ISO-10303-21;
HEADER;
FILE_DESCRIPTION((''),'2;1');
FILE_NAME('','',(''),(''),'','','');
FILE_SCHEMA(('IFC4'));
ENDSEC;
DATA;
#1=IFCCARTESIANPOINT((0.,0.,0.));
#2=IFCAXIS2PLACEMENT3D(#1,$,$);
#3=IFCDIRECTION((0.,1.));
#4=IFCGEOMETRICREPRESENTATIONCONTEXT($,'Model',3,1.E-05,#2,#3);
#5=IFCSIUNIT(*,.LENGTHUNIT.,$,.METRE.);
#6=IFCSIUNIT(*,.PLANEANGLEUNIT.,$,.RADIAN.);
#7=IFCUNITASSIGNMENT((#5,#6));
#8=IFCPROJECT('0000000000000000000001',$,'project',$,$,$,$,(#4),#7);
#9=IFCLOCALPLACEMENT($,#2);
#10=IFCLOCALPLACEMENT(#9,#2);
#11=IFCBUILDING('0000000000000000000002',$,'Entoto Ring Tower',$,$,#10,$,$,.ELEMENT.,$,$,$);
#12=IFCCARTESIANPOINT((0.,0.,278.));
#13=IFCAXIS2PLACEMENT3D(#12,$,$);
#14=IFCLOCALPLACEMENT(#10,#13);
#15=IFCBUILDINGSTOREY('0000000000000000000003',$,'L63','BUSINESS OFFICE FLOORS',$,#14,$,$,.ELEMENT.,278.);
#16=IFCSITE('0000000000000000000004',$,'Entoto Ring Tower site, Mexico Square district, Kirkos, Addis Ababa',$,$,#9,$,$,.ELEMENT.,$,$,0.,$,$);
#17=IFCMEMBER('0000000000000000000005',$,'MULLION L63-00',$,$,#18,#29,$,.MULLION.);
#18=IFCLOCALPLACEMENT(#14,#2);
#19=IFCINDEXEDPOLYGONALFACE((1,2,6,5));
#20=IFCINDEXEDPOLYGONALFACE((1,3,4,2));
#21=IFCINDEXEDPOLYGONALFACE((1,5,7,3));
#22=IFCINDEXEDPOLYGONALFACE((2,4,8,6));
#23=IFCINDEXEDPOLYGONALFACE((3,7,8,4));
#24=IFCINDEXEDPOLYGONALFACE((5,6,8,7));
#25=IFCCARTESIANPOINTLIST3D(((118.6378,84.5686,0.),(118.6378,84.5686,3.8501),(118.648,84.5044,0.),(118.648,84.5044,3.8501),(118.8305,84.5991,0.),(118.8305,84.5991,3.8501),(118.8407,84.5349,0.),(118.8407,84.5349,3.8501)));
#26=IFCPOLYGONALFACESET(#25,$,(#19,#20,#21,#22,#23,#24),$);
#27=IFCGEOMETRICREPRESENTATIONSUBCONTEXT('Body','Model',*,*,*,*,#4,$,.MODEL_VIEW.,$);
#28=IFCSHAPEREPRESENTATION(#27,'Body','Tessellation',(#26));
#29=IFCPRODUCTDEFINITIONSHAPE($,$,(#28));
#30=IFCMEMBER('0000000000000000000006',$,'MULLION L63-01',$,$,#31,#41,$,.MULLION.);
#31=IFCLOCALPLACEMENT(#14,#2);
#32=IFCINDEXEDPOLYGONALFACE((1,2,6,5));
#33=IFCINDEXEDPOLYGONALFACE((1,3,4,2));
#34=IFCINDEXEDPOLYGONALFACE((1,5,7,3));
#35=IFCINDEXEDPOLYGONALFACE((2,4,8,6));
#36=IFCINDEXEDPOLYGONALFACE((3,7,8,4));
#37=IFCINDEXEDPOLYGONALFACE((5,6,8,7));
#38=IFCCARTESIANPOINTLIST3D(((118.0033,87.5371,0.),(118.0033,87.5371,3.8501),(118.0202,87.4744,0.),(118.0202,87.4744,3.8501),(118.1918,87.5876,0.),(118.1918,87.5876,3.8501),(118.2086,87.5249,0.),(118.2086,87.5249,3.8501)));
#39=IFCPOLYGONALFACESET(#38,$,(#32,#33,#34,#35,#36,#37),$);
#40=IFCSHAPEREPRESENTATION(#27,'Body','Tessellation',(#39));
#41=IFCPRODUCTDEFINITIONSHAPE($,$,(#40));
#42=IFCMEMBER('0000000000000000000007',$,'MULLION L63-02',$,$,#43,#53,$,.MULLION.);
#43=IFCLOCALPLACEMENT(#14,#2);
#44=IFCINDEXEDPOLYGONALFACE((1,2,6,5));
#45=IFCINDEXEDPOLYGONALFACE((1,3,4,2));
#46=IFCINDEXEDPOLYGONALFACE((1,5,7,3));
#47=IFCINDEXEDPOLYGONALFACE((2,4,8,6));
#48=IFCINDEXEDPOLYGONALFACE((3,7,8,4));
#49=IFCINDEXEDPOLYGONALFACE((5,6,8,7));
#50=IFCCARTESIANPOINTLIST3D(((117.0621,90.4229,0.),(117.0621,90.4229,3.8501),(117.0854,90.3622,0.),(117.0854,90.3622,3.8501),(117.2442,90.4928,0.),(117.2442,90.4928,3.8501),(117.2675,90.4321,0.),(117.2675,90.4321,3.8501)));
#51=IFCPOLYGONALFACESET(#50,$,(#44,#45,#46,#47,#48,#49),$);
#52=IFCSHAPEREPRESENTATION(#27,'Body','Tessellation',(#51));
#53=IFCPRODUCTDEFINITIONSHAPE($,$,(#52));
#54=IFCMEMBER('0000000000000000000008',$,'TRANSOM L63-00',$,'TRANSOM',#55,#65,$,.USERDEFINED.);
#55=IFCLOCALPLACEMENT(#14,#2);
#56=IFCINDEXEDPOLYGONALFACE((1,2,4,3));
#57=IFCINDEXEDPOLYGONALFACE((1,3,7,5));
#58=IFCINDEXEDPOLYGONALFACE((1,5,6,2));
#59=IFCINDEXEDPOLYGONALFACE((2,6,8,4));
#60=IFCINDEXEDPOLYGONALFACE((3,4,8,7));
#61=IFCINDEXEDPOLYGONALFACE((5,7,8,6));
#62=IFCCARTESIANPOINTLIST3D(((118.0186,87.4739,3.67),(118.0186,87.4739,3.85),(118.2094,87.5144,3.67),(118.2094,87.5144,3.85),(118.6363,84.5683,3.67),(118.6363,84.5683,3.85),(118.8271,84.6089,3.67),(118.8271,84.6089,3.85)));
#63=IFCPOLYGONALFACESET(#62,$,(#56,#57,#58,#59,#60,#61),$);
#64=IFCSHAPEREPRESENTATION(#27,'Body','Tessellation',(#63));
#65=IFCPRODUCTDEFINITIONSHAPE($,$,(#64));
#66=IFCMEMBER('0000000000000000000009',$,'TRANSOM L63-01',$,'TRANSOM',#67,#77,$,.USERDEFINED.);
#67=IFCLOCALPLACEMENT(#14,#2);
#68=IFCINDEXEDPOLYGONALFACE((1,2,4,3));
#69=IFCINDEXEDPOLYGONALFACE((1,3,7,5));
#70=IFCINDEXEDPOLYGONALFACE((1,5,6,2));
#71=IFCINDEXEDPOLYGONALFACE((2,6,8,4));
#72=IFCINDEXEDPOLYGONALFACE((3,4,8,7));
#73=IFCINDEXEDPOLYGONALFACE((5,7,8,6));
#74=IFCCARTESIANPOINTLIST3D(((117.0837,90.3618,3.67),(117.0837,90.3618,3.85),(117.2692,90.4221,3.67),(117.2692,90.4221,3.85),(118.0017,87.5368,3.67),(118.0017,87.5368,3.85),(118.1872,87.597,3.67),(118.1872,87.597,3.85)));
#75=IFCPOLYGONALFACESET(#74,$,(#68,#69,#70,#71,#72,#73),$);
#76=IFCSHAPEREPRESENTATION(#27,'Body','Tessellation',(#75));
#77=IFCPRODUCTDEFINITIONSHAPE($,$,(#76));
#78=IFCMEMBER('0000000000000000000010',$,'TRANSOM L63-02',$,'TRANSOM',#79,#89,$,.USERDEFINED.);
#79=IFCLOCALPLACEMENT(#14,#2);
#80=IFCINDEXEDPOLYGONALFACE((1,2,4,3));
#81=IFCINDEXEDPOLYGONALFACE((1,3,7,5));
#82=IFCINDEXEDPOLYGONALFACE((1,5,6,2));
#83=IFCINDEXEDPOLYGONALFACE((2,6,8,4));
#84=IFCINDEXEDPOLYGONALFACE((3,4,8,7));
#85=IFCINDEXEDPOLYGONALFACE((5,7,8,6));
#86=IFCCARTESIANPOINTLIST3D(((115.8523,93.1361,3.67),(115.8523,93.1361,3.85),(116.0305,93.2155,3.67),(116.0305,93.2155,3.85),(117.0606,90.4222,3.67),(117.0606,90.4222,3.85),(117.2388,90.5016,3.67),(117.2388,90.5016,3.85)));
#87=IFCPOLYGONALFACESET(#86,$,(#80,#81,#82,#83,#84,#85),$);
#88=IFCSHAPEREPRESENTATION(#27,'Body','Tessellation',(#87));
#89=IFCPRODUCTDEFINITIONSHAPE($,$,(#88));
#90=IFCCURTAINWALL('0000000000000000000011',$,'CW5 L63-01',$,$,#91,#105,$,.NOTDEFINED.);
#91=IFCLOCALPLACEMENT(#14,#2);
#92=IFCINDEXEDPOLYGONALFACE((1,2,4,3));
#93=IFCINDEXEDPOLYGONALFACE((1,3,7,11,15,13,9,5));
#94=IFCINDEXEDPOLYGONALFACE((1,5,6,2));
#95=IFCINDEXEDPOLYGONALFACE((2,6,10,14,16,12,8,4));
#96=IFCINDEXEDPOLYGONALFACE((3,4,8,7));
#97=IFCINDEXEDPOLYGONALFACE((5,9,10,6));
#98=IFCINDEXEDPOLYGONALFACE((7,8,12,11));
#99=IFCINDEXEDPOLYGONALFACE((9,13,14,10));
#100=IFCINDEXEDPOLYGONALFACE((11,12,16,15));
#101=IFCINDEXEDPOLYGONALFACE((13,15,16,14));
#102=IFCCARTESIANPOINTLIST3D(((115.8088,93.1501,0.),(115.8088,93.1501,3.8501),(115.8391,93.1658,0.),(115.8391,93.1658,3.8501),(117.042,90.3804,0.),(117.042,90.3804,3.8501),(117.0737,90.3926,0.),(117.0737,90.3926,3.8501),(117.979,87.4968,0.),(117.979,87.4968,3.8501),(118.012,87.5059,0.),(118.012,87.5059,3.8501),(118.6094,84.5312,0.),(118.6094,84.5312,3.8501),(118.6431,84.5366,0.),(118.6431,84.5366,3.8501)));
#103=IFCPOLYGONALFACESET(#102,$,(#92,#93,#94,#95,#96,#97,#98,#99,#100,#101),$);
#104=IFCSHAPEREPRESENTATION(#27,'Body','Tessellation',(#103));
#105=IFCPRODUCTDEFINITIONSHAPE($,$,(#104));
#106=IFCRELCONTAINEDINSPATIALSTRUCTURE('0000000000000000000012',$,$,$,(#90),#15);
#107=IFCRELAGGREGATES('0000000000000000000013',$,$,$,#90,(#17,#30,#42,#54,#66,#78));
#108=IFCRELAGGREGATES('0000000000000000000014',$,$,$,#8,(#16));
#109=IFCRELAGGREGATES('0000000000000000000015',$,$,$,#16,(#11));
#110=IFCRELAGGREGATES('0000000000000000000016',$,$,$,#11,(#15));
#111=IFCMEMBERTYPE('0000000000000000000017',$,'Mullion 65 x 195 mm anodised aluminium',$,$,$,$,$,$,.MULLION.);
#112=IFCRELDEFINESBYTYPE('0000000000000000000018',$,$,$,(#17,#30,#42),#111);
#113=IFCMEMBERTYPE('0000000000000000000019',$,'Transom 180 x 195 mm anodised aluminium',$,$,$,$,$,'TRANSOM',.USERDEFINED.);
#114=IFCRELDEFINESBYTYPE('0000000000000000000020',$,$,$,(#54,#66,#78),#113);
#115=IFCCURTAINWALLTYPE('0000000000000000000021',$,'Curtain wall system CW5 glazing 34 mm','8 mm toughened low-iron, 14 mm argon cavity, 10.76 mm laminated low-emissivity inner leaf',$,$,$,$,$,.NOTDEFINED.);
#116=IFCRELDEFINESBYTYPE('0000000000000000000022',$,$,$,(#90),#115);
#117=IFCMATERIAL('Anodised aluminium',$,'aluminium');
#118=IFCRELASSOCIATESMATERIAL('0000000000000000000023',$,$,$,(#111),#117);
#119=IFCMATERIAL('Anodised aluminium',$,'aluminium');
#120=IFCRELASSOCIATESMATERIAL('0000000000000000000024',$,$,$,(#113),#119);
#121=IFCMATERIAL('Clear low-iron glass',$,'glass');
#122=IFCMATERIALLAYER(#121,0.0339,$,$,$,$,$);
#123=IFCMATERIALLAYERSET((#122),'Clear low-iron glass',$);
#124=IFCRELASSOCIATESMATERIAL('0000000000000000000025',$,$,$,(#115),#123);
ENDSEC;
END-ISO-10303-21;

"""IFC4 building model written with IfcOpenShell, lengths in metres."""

from ifc_helpers import new_model, si_unit, direction, frame, origin, origin_2d, place, context, subcontext, project, spatial, polyline, rectangle, outline, extrude, material, layer, layer_set, material_profile, profile_set, type_object, element, aggregate, save


model = new_model("IFC4")

# Units and contexts
model_context = context("Model", 3, precision=1e-05, world=origin(), true_north=direction((0.0, 1.0)))
body_context = subcontext(model_context, "Body", "Model", "MODEL_VIEW")
ifc_project = project(units=[si_unit("LENGTHUNIT", "METRE"), si_unit("PLANEANGLEUNIT", "RADIAN")], contexts=[model_context])

# Members
ifc_material_1 = material(Name="Anodised aluminium", Category="aluminium")
ifc_material_profile_1 = material_profile(ifc_material_1, rectangle(XDim=0.0649, YDim=0.1951, at=origin_2d()), Name="Mullion 65 x 195 mm anodised aluminium")
ifc_profile_set_1 = profile_set([ifc_material_profile_1], Name="Anodised aluminium")
member_type_1 = type_object("IfcMemberType", Name="Mullion 65 x 195 mm anodised aluminium", PredefinedType="MULLION", material=ifc_profile_set_1)
site_placement = place(None, origin())
building_placement = place(site_placement, origin())
storey_placement = place(building_placement, frame((0.0, 0.0, 278.0)))
member_1_placement = place(storey_placement, frame((118.7393, 84.5518, 0.0), z_axis=(0.0, 0.0, 1.0), x_axis=(-0.156434, 0.987688, 0.0)))
member_1 = element("IfcMember", 1, at=member_1_placement, type_object=member_type_1, Name="MULLION L63-00", PredefinedType="MULLION", context=body_context, shape_type="SweptSolid", body=[
    extrude(rectangle(XDim=0.0649, YDim=0.1951, at=origin_2d()), origin(), (0.0, 0.0, 1.0), 3.8501),
])
member_2_placement = place(storey_placement, frame((118.106, 87.531, 0.0), z_axis=(0.0, 0.0, 1.0), x_axis=(-0.258819, 0.965926, 0.0)))
member_2 = element("IfcMember", 2, at=member_2_placement, type_object=member_type_1, Name="MULLION L63-01", PredefinedType="MULLION", context=body_context, shape_type="SweptSolid", body=[
    extrude(rectangle(XDim=0.0649, YDim=0.1951, at=origin_2d()), origin(), (0.0, 0.0, 1.0), 3.8501),
])
member_3_placement = place(storey_placement, frame((117.1648, 90.4275, 0.0), z_axis=(0.0, 0.0, 1.0), x_axis=(-0.358368, 0.93358, 0.0)))
member_3 = element("IfcMember", 3, at=member_3_placement, type_object=member_type_1, Name="MULLION L63-02", PredefinedType="MULLION", context=body_context, shape_type="SweptSolid", body=[
    extrude(rectangle(XDim=0.0649, YDim=0.1951, at=origin_2d()), origin(), (0.0, 0.0, 1.0), 3.8501),
])
ifc_material_2 = material(Name="Anodised aluminium", Category="aluminium")
ifc_material_profile_2 = material_profile(ifc_material_2, rectangle(XDim=0.1951, YDim=0.1799, at=origin_2d()), Name="Transom 180 x 195 mm anodised aluminium")
ifc_profile_set_2 = profile_set([ifc_material_profile_2], Name="Anodised aluminium")
member_type_2 = type_object("IfcMemberType", Name="Transom 180 x 195 mm anodised aluminium", ElementType="TRANSOM", PredefinedType="USERDEFINED", material=ifc_profile_set_2)
member_4_placement = place(storey_placement, frame((118.7317, 84.5886, 3.76), z_axis=(-0.20794, 0.978142, 0.0), x_axis=(-0.978142, -0.20794, 0.0)))
member_4 = element("IfcMember", 4, at=member_4_placement, type_object=member_type_2, Name="TRANSOM L63-00", ObjectType="TRANSOM", PredefinedType="USERDEFINED", context=body_context, shape_type="SweptSolid", body=[
    extrude(rectangle(XDim=0.1951, YDim=0.1799, at=origin_2d()), origin(), (0.0, 0.0, 1.0), 2.9705),
])
member_5_placement = place(storey_placement, frame((118.0945, 87.5669, 3.76), z_axis=(-0.309043, 0.951048, 0.0), x_axis=(-0.951048, -0.309043, 0.0)))
member_5 = element("IfcMember", 5, at=member_5_placement, type_object=member_type_2, Name="TRANSOM L63-01", ObjectType="TRANSOM", PredefinedType="USERDEFINED", context=body_context, shape_type="SweptSolid", body=[
    extrude(rectangle(XDim=0.1951, YDim=0.1799, at=origin_2d()), origin(), (0.0, 0.0, 1.0), 2.9705),
])
member_6_placement = place(storey_placement, frame((117.1497, 90.4619, 3.76), z_axis=(-0.406726, 0.91355, 0.0), x_axis=(-0.91355, -0.406726, 0.0)))
member_6 = element("IfcMember", 6, at=member_6_placement, type_object=member_type_2, Name="TRANSOM L63-02", ObjectType="TRANSOM", PredefinedType="USERDEFINED", context=body_context, shape_type="SweptSolid", body=[
    extrude(rectangle(XDim=0.1951, YDim=0.1799, at=origin_2d()), origin(), (0.0, 0.0, 1.0), 2.9707),
])

# Site, building, storey
site = spatial("IfcSite", under=ifc_project, at=site_placement, Name="Entoto Ring Tower site, Mexico Square district, Kirkos, Addis Ababa", CompositionType="ELEMENT", RefElevation=0.0)
building = spatial("IfcBuilding", under=site, at=building_placement, Name="Entoto Ring Tower", CompositionType="ELEMENT")
storey = spatial("IfcBuildingStorey", under=building, at=storey_placement, Name="L63", Description="BUSINESS OFFICE FLOORS", CompositionType="ELEMENT", Elevation=278.0)

# Curtain wall
ifc_material_3 = material(Name="Clear low-iron glass", Category="glass")
ifc_layer_1 = layer(ifc_material_3, 0.0339)
ifc_layer_set_1 = layer_set([ifc_layer_1], Name="Clear low-iron glass")
curtain_wall_type = type_object("IfcCurtainWallType", Name="Curtain wall system CW5 glazing 34 mm", Description="8 mm toughened low-iron, 14 mm argon cavity, 10.76 mm laminated low-emissivity inner leaf", PredefinedType="NOTDEFINED", material=ifc_layer_set_1)
curtain_wall_1_placement = place(storey_placement, origin())
curtain_wall_1 = element("IfcCurtainWall", 7, at=curtain_wall_1_placement, inside=storey, type_object=curtain_wall_type, Name="CW5 L63-01", PredefinedType="NOTDEFINED", context=body_context, shape_type="SweptSolid", body=[
    extrude(outline(polyline([(118.6431, 84.5366), (118.012, 87.5059), (117.0737, 90.3926), (115.8391, 93.1658), (115.8088, 93.1501), (117.042, 90.3804), (117.979, 87.4968), (118.6094, 84.5312), (118.6431, 84.5366)])), origin(), (0.0, 0.0, 1.0), 3.8501),
])
aggregate(curtain_wall_1, [member_1, member_2, member_3, member_4, member_5, member_6])

save(model, "model.ifc")
